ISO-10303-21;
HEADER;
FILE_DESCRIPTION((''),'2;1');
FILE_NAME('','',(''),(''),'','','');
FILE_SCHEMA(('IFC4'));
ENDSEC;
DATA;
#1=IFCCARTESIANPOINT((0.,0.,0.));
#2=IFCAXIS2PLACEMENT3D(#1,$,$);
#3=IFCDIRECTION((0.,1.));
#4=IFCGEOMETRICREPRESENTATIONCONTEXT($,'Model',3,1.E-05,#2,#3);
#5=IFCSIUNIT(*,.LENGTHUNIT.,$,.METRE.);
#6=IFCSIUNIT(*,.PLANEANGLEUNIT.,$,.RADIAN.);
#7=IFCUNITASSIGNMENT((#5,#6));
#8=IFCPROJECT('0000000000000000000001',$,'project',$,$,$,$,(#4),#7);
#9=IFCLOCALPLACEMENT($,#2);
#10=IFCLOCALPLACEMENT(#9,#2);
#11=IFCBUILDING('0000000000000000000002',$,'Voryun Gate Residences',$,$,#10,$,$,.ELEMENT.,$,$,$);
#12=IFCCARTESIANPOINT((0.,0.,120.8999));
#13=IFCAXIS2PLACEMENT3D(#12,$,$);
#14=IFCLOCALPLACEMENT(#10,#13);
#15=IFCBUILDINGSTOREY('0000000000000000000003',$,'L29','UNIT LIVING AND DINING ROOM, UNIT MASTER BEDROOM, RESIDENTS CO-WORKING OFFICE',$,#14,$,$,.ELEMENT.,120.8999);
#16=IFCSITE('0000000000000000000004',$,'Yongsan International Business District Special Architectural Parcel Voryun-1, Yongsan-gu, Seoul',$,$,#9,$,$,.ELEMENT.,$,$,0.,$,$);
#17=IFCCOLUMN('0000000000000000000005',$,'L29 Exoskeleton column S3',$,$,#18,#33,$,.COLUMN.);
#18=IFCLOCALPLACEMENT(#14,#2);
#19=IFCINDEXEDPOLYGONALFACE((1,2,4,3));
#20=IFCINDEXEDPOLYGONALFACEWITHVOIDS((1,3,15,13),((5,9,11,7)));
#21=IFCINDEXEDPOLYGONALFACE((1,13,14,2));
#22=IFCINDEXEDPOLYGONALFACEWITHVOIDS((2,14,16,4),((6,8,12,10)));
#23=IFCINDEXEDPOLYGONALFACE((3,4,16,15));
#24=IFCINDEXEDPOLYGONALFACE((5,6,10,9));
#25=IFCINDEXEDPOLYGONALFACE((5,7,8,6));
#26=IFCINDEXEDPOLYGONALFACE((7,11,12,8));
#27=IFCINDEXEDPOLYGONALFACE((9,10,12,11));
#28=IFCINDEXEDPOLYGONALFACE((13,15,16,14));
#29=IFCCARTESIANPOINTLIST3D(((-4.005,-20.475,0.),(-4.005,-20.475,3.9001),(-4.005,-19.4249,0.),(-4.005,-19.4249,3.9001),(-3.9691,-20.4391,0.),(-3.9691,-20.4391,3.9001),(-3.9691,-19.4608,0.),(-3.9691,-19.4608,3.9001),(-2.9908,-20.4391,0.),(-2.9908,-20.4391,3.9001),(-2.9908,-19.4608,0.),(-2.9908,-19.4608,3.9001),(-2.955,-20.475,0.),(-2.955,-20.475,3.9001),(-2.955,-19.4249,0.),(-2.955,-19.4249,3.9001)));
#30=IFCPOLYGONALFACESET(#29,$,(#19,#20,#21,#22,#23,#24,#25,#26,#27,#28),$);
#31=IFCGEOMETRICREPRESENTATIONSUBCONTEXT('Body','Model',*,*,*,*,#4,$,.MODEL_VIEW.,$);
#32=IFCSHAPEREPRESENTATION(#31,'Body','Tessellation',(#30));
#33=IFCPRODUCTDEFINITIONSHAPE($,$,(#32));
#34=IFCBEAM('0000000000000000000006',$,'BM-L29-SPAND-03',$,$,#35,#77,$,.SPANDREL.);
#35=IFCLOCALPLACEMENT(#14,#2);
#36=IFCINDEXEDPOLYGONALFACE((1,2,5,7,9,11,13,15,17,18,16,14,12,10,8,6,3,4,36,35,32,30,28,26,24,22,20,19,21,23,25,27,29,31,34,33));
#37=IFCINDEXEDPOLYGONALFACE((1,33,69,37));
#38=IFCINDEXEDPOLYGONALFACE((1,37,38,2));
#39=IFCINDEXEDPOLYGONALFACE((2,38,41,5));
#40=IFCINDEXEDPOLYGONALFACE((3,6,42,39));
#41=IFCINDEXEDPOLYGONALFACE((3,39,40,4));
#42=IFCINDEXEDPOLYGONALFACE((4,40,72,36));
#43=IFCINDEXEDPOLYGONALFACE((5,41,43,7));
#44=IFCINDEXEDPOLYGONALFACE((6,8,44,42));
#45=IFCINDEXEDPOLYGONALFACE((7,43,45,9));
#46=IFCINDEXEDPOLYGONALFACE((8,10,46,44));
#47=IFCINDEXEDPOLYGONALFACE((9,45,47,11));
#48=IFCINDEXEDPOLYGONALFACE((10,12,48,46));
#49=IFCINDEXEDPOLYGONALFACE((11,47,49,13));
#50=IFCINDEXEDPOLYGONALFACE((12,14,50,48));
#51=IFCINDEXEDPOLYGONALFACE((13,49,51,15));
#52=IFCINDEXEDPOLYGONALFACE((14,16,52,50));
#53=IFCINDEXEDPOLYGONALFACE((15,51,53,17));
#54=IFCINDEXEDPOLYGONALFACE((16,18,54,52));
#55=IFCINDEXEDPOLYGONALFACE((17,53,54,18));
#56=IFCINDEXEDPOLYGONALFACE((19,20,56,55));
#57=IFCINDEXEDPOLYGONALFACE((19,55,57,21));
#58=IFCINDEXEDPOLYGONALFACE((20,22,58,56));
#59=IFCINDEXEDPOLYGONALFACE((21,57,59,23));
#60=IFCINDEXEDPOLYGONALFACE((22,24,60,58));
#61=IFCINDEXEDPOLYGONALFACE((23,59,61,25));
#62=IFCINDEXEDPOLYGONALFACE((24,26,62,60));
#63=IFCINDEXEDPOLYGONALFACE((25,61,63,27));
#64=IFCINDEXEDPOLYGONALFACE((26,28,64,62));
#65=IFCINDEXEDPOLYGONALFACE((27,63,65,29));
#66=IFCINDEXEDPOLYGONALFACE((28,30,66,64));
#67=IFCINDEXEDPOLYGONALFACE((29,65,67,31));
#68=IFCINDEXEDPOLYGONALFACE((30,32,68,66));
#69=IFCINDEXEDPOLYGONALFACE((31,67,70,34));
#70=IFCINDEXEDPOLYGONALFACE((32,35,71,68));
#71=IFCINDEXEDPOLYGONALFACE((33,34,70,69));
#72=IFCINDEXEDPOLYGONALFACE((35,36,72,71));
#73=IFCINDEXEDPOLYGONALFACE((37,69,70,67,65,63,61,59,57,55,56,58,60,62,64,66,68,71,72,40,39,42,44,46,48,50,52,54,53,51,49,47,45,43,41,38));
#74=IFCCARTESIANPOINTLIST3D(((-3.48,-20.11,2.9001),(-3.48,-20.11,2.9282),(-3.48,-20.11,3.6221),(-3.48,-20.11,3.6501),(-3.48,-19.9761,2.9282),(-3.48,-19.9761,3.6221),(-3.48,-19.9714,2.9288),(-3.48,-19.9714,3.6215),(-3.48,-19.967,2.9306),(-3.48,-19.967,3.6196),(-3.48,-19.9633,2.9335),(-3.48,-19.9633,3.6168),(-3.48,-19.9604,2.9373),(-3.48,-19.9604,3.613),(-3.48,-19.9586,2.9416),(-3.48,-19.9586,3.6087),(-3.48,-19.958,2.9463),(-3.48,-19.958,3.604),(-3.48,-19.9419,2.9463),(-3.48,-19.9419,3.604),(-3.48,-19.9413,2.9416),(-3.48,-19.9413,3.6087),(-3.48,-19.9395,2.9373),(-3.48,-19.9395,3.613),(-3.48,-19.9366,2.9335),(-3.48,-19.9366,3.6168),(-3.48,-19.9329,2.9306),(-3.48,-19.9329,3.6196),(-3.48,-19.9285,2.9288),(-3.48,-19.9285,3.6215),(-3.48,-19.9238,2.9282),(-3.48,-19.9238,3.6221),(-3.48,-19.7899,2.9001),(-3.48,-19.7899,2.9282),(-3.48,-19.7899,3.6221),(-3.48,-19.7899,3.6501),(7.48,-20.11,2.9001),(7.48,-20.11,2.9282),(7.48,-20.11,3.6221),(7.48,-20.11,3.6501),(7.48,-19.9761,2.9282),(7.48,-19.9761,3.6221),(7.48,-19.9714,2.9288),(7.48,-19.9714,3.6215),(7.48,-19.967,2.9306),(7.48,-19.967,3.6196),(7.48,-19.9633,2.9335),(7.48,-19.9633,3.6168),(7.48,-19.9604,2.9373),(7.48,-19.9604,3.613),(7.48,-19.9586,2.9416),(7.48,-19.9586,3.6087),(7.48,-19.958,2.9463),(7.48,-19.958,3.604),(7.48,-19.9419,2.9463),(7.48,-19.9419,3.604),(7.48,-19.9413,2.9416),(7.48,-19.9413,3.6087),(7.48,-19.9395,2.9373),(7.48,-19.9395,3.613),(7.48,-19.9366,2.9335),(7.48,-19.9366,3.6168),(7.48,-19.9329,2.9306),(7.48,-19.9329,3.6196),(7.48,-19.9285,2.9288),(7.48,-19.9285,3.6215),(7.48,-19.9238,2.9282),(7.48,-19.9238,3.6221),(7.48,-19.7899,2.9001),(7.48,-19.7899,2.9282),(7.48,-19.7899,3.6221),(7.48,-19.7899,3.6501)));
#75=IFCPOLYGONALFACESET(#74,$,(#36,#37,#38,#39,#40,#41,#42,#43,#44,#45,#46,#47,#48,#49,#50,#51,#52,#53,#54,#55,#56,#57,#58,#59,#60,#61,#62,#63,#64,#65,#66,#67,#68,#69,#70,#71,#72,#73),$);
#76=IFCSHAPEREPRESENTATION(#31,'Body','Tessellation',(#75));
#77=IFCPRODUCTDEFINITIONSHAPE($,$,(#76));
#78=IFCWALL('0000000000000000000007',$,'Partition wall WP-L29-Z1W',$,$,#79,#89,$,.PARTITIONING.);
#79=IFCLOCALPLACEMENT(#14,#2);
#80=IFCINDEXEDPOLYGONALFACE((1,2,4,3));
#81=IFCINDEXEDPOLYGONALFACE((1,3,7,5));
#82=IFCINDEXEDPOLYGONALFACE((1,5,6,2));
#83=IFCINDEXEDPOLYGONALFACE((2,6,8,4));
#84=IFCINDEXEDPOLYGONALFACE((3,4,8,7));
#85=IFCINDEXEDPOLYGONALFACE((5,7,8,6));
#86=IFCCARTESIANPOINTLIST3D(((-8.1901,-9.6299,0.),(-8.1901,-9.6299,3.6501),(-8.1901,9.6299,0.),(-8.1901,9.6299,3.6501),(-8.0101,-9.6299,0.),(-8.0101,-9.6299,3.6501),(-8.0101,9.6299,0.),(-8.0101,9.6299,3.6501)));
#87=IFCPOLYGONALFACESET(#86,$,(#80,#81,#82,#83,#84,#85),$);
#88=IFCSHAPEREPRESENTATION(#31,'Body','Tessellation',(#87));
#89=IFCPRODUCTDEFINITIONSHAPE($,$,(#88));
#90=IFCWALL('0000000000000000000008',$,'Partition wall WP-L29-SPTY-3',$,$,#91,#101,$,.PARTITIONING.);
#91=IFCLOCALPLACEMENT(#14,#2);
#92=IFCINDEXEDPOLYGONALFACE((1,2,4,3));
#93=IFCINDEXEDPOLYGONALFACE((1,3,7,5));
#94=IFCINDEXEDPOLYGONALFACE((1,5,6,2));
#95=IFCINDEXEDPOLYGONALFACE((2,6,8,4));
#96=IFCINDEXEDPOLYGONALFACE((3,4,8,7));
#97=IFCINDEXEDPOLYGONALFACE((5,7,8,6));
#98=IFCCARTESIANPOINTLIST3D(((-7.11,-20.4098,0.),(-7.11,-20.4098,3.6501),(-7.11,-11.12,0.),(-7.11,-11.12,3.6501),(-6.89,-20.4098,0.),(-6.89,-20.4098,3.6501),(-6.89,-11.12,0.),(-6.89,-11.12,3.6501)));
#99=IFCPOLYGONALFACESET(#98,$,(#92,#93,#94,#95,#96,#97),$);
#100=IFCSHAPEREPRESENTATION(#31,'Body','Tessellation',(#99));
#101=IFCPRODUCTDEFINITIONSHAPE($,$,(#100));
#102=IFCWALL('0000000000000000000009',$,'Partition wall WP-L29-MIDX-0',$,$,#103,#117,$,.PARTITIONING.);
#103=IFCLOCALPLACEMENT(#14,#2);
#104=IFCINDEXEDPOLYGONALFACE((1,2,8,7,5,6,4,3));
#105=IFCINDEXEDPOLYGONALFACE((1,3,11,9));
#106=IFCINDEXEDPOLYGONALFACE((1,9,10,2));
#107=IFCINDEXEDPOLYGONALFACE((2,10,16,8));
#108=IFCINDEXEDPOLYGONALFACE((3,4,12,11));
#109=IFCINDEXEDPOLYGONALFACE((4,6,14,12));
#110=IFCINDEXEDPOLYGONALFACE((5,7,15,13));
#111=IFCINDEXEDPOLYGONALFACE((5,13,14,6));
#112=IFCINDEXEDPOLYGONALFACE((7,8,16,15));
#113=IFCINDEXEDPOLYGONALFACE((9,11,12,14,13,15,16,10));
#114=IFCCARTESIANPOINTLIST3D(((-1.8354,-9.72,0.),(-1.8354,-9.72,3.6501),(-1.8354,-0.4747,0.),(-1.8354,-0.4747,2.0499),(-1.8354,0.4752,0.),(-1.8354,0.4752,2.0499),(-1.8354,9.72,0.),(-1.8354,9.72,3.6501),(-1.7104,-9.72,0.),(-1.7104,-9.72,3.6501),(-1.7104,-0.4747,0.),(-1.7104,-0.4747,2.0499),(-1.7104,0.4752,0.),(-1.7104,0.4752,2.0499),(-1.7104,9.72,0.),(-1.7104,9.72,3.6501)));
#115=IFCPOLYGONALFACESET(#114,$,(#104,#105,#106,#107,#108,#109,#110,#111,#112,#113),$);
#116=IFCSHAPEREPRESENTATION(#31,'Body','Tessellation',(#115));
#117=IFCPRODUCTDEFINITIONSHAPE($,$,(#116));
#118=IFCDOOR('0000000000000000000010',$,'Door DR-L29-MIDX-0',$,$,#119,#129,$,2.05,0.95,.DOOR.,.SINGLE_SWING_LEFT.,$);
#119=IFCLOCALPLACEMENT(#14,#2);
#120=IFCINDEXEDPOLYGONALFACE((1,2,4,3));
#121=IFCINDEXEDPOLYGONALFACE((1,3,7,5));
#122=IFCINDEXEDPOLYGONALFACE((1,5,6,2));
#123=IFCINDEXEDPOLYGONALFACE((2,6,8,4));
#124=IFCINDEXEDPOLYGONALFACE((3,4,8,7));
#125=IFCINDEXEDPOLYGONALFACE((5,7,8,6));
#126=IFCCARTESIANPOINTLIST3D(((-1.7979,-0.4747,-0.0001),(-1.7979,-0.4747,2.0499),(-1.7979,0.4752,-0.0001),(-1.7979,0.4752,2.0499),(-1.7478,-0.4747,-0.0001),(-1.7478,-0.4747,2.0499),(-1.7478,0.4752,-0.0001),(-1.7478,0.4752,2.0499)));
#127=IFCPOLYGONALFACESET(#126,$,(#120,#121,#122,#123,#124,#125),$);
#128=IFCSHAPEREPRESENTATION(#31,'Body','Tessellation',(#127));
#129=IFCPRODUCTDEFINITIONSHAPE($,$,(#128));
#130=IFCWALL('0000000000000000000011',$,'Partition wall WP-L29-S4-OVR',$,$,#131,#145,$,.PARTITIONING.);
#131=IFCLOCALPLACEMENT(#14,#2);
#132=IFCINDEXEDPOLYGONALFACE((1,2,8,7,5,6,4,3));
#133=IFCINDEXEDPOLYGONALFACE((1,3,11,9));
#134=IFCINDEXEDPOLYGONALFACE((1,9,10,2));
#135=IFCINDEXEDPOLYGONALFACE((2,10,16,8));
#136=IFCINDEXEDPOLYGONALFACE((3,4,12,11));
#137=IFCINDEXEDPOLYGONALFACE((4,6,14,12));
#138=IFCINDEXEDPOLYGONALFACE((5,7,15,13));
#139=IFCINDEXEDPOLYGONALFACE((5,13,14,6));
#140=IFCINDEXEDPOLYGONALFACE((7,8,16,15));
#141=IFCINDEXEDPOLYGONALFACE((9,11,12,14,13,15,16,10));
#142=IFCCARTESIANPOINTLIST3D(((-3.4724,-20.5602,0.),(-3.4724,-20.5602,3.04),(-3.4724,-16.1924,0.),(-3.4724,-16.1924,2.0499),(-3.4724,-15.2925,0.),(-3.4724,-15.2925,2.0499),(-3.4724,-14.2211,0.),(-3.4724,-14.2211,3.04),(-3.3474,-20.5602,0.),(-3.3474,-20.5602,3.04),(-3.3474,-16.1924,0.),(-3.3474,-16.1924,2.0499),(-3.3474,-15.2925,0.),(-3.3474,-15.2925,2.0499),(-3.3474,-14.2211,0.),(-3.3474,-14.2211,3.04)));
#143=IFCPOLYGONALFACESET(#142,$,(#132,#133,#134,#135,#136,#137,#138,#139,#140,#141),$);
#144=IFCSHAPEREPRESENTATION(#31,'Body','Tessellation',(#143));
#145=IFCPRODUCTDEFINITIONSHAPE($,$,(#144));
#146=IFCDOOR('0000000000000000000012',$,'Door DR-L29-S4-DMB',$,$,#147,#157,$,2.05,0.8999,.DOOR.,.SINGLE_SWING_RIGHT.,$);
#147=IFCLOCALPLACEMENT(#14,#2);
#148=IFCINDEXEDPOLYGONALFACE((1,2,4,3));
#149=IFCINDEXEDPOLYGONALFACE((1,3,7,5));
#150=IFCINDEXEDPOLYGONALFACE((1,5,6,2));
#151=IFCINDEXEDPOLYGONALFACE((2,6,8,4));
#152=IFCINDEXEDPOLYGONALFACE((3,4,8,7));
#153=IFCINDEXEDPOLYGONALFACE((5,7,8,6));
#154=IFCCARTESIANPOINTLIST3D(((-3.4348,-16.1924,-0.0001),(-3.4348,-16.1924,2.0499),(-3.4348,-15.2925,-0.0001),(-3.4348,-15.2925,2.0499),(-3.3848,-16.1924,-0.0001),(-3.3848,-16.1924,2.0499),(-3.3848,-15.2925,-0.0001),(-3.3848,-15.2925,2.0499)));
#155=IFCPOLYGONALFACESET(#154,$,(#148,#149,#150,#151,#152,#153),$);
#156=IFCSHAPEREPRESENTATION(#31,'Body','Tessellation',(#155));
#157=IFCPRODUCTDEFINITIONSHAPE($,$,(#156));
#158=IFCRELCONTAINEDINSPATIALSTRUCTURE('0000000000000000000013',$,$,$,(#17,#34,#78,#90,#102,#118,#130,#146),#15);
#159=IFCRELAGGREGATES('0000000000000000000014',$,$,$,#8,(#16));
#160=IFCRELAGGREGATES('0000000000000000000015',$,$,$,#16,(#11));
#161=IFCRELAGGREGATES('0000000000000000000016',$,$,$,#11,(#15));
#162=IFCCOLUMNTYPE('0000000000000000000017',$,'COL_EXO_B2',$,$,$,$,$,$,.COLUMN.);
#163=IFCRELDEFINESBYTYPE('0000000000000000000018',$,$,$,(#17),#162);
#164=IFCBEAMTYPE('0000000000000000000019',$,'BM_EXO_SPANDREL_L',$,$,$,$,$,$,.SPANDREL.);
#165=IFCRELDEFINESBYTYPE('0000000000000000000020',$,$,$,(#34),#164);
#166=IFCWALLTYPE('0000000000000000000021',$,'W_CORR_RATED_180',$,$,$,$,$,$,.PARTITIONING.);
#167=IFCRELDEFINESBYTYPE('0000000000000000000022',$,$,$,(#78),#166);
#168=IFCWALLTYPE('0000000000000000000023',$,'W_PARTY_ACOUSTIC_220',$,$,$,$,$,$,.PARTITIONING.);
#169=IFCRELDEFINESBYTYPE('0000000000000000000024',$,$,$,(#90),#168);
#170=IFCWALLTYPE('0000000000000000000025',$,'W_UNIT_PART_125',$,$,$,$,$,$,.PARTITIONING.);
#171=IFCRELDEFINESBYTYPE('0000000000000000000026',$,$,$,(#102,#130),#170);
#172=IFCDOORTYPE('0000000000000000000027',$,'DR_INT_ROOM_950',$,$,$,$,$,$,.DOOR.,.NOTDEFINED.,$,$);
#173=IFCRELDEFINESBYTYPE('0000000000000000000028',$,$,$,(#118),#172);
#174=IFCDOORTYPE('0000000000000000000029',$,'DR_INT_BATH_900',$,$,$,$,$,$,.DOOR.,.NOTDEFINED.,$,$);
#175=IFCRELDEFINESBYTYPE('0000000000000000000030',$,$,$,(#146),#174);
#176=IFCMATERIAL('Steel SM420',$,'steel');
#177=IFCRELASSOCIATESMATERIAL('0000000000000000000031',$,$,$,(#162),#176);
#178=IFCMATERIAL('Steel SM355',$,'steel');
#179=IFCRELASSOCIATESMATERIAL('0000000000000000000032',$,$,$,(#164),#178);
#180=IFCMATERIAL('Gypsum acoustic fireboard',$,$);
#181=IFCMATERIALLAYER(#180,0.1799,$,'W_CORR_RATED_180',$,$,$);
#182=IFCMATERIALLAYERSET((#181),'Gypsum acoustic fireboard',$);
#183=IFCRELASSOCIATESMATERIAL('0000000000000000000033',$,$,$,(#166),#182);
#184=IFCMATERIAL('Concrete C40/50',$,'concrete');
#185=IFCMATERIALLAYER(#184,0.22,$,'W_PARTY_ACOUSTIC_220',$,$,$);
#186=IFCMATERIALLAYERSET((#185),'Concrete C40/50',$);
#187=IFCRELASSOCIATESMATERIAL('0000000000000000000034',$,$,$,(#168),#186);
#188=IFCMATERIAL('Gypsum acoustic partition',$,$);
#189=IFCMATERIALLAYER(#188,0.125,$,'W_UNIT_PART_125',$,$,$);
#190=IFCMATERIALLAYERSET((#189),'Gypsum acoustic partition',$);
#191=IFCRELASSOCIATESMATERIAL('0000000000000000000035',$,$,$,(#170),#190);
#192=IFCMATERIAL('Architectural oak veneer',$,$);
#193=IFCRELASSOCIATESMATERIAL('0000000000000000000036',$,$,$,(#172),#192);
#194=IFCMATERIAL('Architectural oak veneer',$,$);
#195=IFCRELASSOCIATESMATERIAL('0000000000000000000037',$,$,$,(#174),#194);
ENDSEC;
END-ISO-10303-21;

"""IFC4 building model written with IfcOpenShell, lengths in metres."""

from ifc_helpers import new_model, si_unit, direction, frame, frame_2d, origin, origin_2d, place, context, subcontext, project, spatial, rectangle, hollow_rectangle, i_section, extrude, material, layer, layer_set, material_profile, profile_set, type_object, element, fill, save


model = new_model("IFC4")

# Units and contexts
model_context = context("Model", 3, precision=1e-05, world=origin(), true_north=direction((0.0, 1.0)))
body_context = subcontext(model_context, "Body", "Model", "MODEL_VIEW")
ifc_project = project(units=[si_unit("LENGTHUNIT", "METRE"), si_unit("PLANEANGLEUNIT", "RADIAN")], contexts=[model_context])

# Site, building, storey
site_placement = place(None, origin())
site = spatial("IfcSite", under=ifc_project, at=site_placement, Name="Yongsan International Business District Special Architectural Parcel Voryun-1, Yongsan-gu, Seoul", CompositionType="ELEMENT", RefElevation=0.0)
building_placement = place(site_placement, origin())
building = spatial("IfcBuilding", under=site, at=building_placement, Name="Voryun Gate Residences", CompositionType="ELEMENT")
storey_placement = place(building_placement, frame((0.0, 0.0, 120.8999)))
storey = spatial("IfcBuildingStorey", under=building, at=storey_placement, Name="L29", Description="UNIT LIVING AND DINING ROOM, UNIT MASTER BEDROOM, RESIDENTS CO-WORKING OFFICE", CompositionType="ELEMENT", Elevation=120.8999)

# Column
ifc_material_1 = material(Name="Steel SM420", Category="steel")
ifc_material_profile_1 = material_profile(ifc_material_1, hollow_rectangle(XDim=1.05, YDim=1.05, WallThickness=0.0359, at=origin_2d()), Name="BOX-1050x1050x36")
ifc_profile_set_1 = profile_set([ifc_material_profile_1], Name="Steel SM420")
column_type = type_object("IfcColumnType", Name="COL_EXO_B2", PredefinedType="COLUMN", material=ifc_profile_set_1)
column_placement = place(storey_placement, frame((-3.48, -19.95, 0.0), z_axis=(0.0, 0.0, 1.0), x_axis=(1.0, 0.0, 0.0)))
element("IfcColumn", 1, at=column_placement, inside=storey, type_object=column_type, Name="L29 Exoskeleton column S3", PredefinedType="COLUMN", context=body_context, shape_type="SweptSolid", body=[
    extrude(hollow_rectangle(XDim=1.05, YDim=1.05, WallThickness=0.0359, at=origin_2d()), origin(), (0.0, 0.0, 1.0), 3.9001),
])

# Beam
ifc_material_2 = material(Name="Steel SM355", Category="steel")
ifc_material_profile_2 = material_profile(ifc_material_2, i_section(OverallWidth=0.3201, OverallDepth=0.75, WebThickness=0.0161, FlangeThickness=0.0281, FilletRadius=0.0181, at=origin_2d()), Name="H-750x320x16x28")
ifc_profile_set_2 = profile_set([ifc_material_profile_2], Name="Steel SM355")
beam_type = type_object("IfcBeamType", Name="BM_EXO_SPANDREL_L", PredefinedType="SPANDREL", material=ifc_profile_set_2)
beam_placement = place(storey_placement, frame((-3.48, -19.95, 3.2751), z_axis=(1.0, 0.0, 0.0), x_axis=(0.0, 1.0, 0.0)))
element("IfcBeam", 2, at=beam_placement, inside=storey, type_object=beam_type, Name="BM-L29-SPAND-03", PredefinedType="SPANDREL", context=body_context, shape_type="SweptSolid", body=[
    extrude(i_section(OverallWidth=0.3201, OverallDepth=0.75, WebThickness=0.0161, FlangeThickness=0.0281, FilletRadius=0.0181, at=origin_2d()), origin(), (0.0, 0.0, 1.0), 10.96),
])

# Walls
ifc_material_3 = material(Name="Gypsum acoustic fireboard")
ifc_layer_1 = layer(ifc_material_3, 0.1799, Name="W_CORR_RATED_180")
ifc_layer_set_1 = layer_set([ifc_layer_1], Name="Gypsum acoustic fireboard")
wall_type_1 = type_object("IfcWallType", Name="W_CORR_RATED_180", PredefinedType="PARTITIONING", material=ifc_layer_set_1)
wall_1_placement = place(storey_placement, frame((-8.1001, -9.6299, 0.0), z_axis=(0.0, 0.0, 1.0), x_axis=(0.0, 1.0, 0.0)))
element("IfcWall", 3, at=wall_1_placement, inside=storey, type_object=wall_type_1, Name="Partition wall WP-L29-Z1W", PredefinedType="PARTITIONING", context=body_context, shape_type="SweptSolid", body=[
    extrude(rectangle(XDim=19.2598, YDim=0.1799, at=frame_2d((9.6299, 0.0))), origin(), (0.0, 0.0, 1.0), 3.6501),
])
ifc_material_4 = material(Name="Concrete C40/50", Category="concrete")
ifc_layer_2 = layer(ifc_material_4, 0.22, Name="W_PARTY_ACOUSTIC_220")
ifc_layer_set_2 = layer_set([ifc_layer_2], Name="Concrete C40/50")
wall_type_2 = type_object("IfcWallType", Name="W_PARTY_ACOUSTIC_220", PredefinedType="PARTITIONING", material=ifc_layer_set_2)
wall_2_placement = place(storey_placement, frame((-7.0, -20.4099, 0.0), z_axis=(0.0, 0.0, 1.0), x_axis=(0.0, 1.0, 0.0)))
element("IfcWall", 4, at=wall_2_placement, inside=storey, type_object=wall_type_2, Name="Partition wall WP-L29-SPTY-3", PredefinedType="PARTITIONING", context=body_context, shape_type="SweptSolid", body=[
    extrude(rectangle(XDim=9.2898, YDim=0.22, at=frame_2d((4.645, 0.0))), origin(), (0.0, 0.0, 1.0), 3.6501),
])

# Walls, openings, doors
ifc_material_5 = material(Name="Gypsum acoustic partition")
ifc_layer_3 = layer(ifc_material_5, 0.125, Name="W_UNIT_PART_125")
ifc_layer_set_3 = layer_set([ifc_layer_3], Name="Gypsum acoustic partition")
wall_type_3 = type_object("IfcWallType", Name="W_UNIT_PART_125", PredefinedType="PARTITIONING", material=ifc_layer_set_3)
wall_3_placement = place(storey_placement, frame((-1.7729, -9.72, 0.0), z_axis=(0.0, 0.0, 1.0), x_axis=(0.0, 1.0, 0.0)))
wall_3 = element("IfcWall", 5, at=wall_3_placement, inside=storey, type_object=wall_type_3, Name="Partition wall WP-L29-MIDX-0", PredefinedType="PARTITIONING", context=body_context, shape_type="SweptSolid", body=[
    extrude(rectangle(XDim=19.4399, YDim=0.125, at=frame_2d((9.72, 0.0))), origin(), (0.0, 0.0, 1.0), 3.6501),
])
opening_1_placement = place(wall_3_placement, frame((9.2451, 0.0, 0.0)))
opening_1 = element("IfcOpeningElement", 6, at=opening_1_placement, cuts=wall_3, PredefinedType="OPENING", context=body_context, shape_type="SweptSolid", body=[
    extrude(rectangle(XDim=0.95, YDim=2.05, at=frame_2d((0.4751, 1.0249))), frame((0.0, 0.0725, 0.0), z_axis=(0.0, -1.0, 0.0), x_axis=(1.0, 0.0, 0.0)), (0.0, 0.0, 1.0), 0.145),
])
ifc_material_6 = material(Name="Architectural oak veneer")
door_type_1 = type_object("IfcDoorType", Name="DR_INT_ROOM_950", OperationType="NOTDEFINED", PredefinedType="DOOR", material=ifc_material_6)
door_1_placement = place(opening_1_placement, origin())
door_1 = element("IfcDoor", 7, at=door_1_placement, inside=storey, type_object=door_type_1, Name="Door DR-L29-MIDX-0", OperationType="SINGLE_SWING_LEFT", OverallHeight=2.05, OverallWidth=0.95, PredefinedType="DOOR", context=body_context, shape_type="SweptSolid", body=[
    extrude(rectangle(XDim=0.95, YDim=2.05, at=frame_2d((0.4751, 1.0249))), frame((0.0, 0.0249, 0.0), z_axis=(0.0, -1.0, 0.0), x_axis=(1.0, 0.0, 0.0)), (0.0, 0.0, 1.0), 0.05),
])
fill(opening_1, door_1)
wall_4_placement = place(storey_placement, frame((-3.4099, -20.5601, 0.0), z_axis=(0.0, 0.0, 1.0), x_axis=(0.0, 1.0, 0.0)))
wall_4 = element("IfcWall", 8, at=wall_4_placement, inside=storey, type_object=wall_type_3, Name="Partition wall WP-L29-S4-OVR", PredefinedType="PARTITIONING", context=body_context, shape_type="SweptSolid", body=[
    extrude(rectangle(XDim=6.3391, YDim=0.125, at=frame_2d((3.1694, 0.0))), origin(), (0.0, 0.0, 1.0), 3.04),
])
opening_2_placement = place(wall_4_placement, frame((4.3677, 0.0, 0.0)))
opening_2 = element("IfcOpeningElement", 9, at=opening_2_placement, cuts=wall_4, PredefinedType="OPENING", context=body_context, shape_type="SweptSolid", body=[
    extrude(rectangle(XDim=0.8999, YDim=2.05, at=frame_2d((0.45, 1.0249))), frame((0.0, 0.0725, 0.0), z_axis=(0.0, -1.0, 0.0), x_axis=(1.0, 0.0, 0.0)), (0.0, 0.0, 1.0), 0.145),
])
ifc_material_7 = material(Name="Architectural oak veneer")
door_type_2 = type_object("IfcDoorType", Name="DR_INT_BATH_900", OperationType="NOTDEFINED", PredefinedType="DOOR", material=ifc_material_7)
door_2_placement = place(opening_2_placement, origin())
door_2 = element("IfcDoor", 10, at=door_2_placement, inside=storey, type_object=door_type_2, Name="Door DR-L29-S4-DMB", OperationType="SINGLE_SWING_RIGHT", OverallHeight=2.05, OverallWidth=0.8999, PredefinedType="DOOR", context=body_context, shape_type="SweptSolid", body=[
    extrude(rectangle(XDim=0.8999, YDim=2.05, at=frame_2d((0.45, 1.0249))), frame((0.0, 0.0249, 0.0), z_axis=(0.0, -1.0, 0.0), x_axis=(1.0, 0.0, 0.0)), (0.0, 0.0, 1.0), 0.05),
])
fill(opening_2, door_2)

save(model, "model.ifc")
